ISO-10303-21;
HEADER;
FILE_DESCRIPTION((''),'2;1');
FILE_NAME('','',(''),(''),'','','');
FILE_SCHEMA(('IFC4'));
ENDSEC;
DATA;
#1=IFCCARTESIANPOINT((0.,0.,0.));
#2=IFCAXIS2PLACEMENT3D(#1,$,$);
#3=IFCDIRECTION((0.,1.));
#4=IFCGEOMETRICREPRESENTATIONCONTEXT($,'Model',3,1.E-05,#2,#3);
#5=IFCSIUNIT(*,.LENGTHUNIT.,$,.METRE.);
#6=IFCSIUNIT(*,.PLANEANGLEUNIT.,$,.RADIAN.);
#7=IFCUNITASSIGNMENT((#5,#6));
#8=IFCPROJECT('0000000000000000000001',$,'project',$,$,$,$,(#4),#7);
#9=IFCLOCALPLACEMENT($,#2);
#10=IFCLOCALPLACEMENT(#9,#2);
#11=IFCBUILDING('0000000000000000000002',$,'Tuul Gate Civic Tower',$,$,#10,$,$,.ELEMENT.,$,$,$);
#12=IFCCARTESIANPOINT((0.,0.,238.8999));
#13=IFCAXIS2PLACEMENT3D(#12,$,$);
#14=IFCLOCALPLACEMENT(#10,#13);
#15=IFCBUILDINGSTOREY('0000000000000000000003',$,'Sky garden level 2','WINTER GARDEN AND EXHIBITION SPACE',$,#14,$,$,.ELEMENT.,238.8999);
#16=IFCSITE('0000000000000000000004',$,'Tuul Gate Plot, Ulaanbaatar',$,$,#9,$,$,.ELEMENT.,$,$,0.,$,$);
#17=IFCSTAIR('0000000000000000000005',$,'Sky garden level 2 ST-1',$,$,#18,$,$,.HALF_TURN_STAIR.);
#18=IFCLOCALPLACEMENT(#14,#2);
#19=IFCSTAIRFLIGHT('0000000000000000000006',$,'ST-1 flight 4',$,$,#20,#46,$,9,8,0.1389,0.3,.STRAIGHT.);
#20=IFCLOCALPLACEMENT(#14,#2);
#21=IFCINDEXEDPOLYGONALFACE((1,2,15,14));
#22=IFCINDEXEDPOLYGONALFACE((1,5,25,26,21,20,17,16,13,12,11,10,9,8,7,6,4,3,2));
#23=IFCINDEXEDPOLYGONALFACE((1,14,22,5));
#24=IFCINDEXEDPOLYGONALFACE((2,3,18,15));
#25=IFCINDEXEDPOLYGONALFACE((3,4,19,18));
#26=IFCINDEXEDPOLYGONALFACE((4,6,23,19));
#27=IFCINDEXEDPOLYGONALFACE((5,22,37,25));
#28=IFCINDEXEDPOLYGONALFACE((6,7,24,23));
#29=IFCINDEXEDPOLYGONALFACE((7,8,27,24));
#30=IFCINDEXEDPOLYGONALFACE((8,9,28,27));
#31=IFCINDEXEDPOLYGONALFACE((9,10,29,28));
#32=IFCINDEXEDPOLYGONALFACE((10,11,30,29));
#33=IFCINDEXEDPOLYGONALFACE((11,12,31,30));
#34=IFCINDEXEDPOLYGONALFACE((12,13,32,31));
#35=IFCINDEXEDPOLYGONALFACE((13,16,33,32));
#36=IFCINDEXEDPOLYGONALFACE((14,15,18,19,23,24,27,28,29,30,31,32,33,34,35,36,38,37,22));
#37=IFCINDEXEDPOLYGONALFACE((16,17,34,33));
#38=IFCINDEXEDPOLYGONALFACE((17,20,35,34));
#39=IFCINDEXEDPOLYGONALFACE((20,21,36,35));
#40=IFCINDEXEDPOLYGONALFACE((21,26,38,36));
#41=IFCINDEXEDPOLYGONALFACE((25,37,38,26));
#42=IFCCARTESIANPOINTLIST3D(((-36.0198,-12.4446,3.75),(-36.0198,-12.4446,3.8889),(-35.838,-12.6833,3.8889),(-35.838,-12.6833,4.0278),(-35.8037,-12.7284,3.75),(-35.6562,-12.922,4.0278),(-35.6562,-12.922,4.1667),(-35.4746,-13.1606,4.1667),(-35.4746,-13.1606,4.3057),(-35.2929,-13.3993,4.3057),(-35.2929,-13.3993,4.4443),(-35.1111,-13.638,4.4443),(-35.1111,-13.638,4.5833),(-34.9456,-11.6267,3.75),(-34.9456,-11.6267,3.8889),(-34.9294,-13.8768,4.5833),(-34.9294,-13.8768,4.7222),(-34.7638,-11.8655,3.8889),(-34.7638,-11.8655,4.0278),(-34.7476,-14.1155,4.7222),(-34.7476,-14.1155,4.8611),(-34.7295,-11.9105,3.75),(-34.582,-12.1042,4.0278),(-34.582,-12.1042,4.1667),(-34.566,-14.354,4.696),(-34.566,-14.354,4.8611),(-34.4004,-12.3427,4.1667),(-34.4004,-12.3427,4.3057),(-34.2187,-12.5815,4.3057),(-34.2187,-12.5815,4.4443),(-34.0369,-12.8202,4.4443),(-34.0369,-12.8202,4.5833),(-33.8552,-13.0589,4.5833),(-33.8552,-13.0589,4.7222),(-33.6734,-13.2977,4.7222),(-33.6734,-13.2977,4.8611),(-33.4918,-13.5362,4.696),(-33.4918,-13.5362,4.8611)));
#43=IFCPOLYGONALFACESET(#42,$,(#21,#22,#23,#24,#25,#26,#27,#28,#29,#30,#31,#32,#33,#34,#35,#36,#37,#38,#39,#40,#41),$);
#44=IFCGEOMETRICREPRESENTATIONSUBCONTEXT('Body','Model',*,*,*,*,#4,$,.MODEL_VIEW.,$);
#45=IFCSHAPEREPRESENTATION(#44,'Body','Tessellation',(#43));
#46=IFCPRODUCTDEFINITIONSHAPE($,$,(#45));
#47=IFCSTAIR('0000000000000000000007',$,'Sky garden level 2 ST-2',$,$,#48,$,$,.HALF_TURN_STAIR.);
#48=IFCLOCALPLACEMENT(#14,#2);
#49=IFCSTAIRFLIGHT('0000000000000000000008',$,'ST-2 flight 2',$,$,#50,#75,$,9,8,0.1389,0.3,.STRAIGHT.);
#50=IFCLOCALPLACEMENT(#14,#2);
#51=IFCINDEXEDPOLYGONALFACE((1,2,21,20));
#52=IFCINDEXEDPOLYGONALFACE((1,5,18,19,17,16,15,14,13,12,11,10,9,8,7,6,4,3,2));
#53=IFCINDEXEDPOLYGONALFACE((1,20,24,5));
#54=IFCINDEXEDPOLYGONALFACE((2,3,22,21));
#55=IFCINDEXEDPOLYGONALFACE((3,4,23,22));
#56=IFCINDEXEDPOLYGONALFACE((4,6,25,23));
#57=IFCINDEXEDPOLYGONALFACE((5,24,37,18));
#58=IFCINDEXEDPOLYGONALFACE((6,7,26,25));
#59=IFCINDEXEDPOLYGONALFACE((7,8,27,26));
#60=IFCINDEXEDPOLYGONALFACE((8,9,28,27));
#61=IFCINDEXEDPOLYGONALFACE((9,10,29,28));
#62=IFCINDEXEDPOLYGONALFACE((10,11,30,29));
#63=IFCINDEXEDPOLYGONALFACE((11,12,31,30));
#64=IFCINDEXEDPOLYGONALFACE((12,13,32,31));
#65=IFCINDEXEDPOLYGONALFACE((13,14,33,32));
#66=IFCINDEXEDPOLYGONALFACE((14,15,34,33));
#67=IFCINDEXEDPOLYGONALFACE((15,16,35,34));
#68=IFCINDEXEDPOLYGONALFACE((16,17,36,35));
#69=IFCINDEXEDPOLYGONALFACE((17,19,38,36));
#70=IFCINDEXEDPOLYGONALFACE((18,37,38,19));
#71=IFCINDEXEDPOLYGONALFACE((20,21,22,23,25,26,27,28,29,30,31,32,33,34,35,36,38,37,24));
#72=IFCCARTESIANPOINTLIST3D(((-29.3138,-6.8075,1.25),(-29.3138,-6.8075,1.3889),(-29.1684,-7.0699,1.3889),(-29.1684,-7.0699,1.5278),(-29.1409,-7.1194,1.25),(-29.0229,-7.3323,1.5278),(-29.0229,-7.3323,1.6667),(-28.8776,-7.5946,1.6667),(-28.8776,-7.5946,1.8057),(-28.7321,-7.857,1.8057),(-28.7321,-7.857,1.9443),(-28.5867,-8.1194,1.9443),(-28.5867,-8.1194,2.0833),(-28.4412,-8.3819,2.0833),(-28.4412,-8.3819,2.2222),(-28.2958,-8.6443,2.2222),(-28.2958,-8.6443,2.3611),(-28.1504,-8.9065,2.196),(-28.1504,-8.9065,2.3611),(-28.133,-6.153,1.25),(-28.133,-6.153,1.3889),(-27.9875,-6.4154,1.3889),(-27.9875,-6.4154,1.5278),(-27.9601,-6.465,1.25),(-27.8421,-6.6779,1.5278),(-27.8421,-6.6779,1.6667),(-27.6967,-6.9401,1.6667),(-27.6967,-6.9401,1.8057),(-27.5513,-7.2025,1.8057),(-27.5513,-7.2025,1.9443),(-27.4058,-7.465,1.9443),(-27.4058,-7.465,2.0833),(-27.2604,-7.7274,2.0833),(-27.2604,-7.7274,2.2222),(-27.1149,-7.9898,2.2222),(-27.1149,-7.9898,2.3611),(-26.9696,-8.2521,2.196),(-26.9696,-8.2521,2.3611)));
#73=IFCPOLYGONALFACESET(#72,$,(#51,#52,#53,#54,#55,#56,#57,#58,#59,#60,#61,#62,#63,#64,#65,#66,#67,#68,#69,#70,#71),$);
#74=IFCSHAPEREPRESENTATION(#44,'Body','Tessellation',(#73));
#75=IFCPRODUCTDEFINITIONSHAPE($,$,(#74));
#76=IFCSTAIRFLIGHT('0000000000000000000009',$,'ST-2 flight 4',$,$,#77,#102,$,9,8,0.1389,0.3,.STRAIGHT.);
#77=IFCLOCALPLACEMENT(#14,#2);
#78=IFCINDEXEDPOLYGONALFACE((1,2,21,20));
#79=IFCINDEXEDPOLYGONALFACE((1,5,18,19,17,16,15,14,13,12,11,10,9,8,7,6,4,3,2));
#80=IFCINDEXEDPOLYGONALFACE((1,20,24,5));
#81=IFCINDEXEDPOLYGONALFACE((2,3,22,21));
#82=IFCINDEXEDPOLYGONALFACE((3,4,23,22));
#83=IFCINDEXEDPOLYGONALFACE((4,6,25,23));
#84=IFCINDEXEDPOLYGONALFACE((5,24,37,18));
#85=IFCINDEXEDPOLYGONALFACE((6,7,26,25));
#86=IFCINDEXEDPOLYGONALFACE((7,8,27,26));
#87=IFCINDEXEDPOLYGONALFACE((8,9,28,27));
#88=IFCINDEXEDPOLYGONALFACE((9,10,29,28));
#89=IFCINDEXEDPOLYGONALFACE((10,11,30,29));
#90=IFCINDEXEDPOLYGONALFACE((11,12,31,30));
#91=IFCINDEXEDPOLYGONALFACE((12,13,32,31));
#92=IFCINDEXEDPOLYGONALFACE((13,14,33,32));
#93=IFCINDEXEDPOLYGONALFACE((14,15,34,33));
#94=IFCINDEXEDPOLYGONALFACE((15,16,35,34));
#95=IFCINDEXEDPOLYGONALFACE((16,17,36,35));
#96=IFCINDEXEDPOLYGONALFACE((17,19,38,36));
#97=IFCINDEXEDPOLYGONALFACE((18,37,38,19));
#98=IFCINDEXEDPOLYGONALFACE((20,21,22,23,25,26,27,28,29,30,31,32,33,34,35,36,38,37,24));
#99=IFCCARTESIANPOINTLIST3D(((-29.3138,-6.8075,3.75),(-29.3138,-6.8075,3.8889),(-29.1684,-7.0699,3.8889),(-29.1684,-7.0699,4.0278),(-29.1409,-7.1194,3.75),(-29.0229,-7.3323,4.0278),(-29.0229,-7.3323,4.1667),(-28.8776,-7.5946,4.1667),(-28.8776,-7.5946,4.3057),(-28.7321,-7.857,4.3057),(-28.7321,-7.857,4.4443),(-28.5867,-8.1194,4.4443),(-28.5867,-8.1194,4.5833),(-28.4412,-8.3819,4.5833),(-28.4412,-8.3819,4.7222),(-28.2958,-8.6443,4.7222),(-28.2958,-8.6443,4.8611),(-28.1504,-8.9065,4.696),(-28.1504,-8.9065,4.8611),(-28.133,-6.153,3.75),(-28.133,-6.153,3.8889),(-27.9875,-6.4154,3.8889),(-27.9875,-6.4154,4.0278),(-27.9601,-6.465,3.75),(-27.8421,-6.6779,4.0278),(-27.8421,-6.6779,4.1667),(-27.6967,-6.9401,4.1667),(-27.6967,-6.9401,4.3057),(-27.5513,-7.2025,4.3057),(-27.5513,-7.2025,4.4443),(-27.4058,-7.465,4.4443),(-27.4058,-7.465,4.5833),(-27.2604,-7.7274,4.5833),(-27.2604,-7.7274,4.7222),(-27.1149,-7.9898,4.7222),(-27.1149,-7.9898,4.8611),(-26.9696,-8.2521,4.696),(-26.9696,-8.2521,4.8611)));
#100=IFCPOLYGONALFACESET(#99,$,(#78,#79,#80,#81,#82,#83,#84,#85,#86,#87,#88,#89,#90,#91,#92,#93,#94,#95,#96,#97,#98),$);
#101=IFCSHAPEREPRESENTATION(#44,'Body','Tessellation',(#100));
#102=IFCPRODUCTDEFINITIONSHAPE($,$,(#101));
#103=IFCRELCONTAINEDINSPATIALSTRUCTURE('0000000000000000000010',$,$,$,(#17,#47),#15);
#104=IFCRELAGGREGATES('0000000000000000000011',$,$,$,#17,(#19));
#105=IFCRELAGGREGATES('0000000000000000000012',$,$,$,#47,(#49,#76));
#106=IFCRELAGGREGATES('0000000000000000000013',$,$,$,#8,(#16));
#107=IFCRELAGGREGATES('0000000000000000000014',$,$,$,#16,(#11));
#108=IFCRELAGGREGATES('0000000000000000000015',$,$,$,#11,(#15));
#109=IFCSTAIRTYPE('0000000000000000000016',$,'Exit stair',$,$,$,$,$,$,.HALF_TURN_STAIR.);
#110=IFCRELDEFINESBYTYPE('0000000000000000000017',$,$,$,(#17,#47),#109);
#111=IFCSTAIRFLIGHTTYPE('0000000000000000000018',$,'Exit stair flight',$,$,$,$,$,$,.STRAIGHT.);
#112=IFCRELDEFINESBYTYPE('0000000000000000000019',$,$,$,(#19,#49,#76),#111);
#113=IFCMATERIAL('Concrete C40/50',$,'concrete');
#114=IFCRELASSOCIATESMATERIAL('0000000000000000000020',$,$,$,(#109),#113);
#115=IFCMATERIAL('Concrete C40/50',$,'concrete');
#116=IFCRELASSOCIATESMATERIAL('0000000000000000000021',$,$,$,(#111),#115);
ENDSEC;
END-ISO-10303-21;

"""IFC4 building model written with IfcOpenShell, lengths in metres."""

from ifc_helpers import new_model, si_unit, direction, frame, origin, place, context, subcontext, project, spatial, polyline, outline, extrude, material, type_object, element, aggregate, save


model = new_model("IFC4")

# Units and contexts
model_context = context("Model", 3, precision=1e-05, world=origin(), true_north=direction((0.0, 1.0)))
body_context = subcontext(model_context, "Body", "Model", "MODEL_VIEW")
ifc_project = project(units=[si_unit("LENGTHUNIT", "METRE"), si_unit("PLANEANGLEUNIT", "RADIAN")], contexts=[model_context])

# Site, building, storey
site_placement = place(None, origin())
site = spatial("IfcSite", under=ifc_project, at=site_placement, Name="Tuul Gate Plot, Ulaanbaatar", CompositionType="ELEMENT", RefElevation=0.0)
building_placement = place(site_placement, origin())
building = spatial("IfcBuilding", under=site, at=building_placement, Name="Tuul Gate Civic Tower", CompositionType="ELEMENT")
storey_placement = place(building_placement, frame((0.0, 0.0, 238.8999)))
storey = spatial("IfcBuildingStorey", under=building, at=storey_placement, Name="Sky garden level 2", Description="WINTER GARDEN AND EXHIBITION SPACE", CompositionType="ELEMENT", Elevation=238.8999)

# Stairs, stair flights
ifc_material_1 = material(Name="Concrete C40/50", Category="concrete")
stair_type = type_object("IfcStairType", Name="Exit stair", PredefinedType="HALF_TURN_STAIR", material=ifc_material_1)
stair_1_placement = place(storey_placement, origin())
stair_1 = element("IfcStair", 1, at=stair_1_placement, inside=storey, type_object=stair_type, Name="Sky garden level 2 ST-1", PredefinedType="HALF_TURN_STAIR")
ifc_material_2 = material(Name="Concrete C40/50", Category="concrete")
stair_flight_type = type_object("IfcStairFlightType", Name="Exit stair flight", PredefinedType="STRAIGHT", material=ifc_material_2)
stair_flight_1_placement = place(storey_placement, frame((-35.4827, -12.0356, 3.75), z_axis=(0.0, 0.0, 1.0), x_axis=(0.605764, -0.795644, 0.0)))
stair_flight_1 = element("IfcStairFlight", 2, at=stair_flight_1_placement, type_object=stair_flight_type, Name="ST-1 flight 4", NumberOfRisers=9, NumberOfTreads=8, PredefinedType="STRAIGHT", RiserHeight=0.1389, TreadLength=0.3, context=body_context, shape_type="SweptSolid", body=[
    extrude(outline(polyline([(0.0, 0.0), (0.0, 0.1389), (0.3, 0.1389), (0.3, 0.2778), (0.6001, 0.2778), (0.6001, 0.4167), (0.8999, 0.4167), (0.8999, 0.5557), (1.2, 0.5557), (1.2, 0.6943), (1.5, 0.6943), (1.5, 0.8333), (1.8, 0.8333), (1.8, 0.9722), (2.1001, 0.9722), (2.1001, 1.1111), (2.3999, 1.1111), (2.3999, 1.25), (2.3999, 0.946), (0.3567, 0.0), (0.0, 0.0)])), frame((0.0, 0.675, 0.0), z_axis=(0.0, -1.0, 0.0), x_axis=(1.0, 0.0, 0.0)), (0.0, 0.0, 1.0), 1.3501),
])
aggregate(stair_1, [stair_flight_1])
stair_2_placement = place(storey_placement, origin())
stair_2 = element("IfcStair", 3, at=stair_2_placement, inside=storey, type_object=stair_type, Name="Sky garden level 2 ST-2", PredefinedType="HALF_TURN_STAIR")
stair_flight_2_placement = place(storey_placement, frame((-28.7234, -6.4802, 1.25), z_axis=(0.0, 0.0, 1.0), x_axis=(0.484762, -0.874646, 0.0)))
stair_flight_2 = element("IfcStairFlight", 4, at=stair_flight_2_placement, type_object=stair_flight_type, Name="ST-2 flight 2", NumberOfRisers=9, NumberOfTreads=8, PredefinedType="STRAIGHT", RiserHeight=0.1389, TreadLength=0.3, context=body_context, shape_type="SweptSolid", body=[
    extrude(outline(polyline([(0.0, 0.0), (0.0, 0.1389), (0.3, 0.1389), (0.3, 0.2778), (0.6001, 0.2778), (0.6001, 0.4167), (0.8999, 0.4167), (0.8999, 0.5557), (1.2, 0.5557), (1.2, 0.6943), (1.5, 0.6943), (1.5, 0.8333), (1.8, 0.8333), (1.8, 0.9722), (2.1001, 0.9722), (2.1001, 1.1111), (2.3999, 1.1111), (2.3999, 1.25), (2.3999, 0.946), (0.3567, 0.0), (0.0, 0.0)])), frame((0.0, 0.675, 0.0), z_axis=(0.0, -1.0, 0.0), x_axis=(1.0, 0.0, 0.0)), (0.0, 0.0, 1.0), 1.3501),
])
stair_flight_3_placement = place(storey_placement, frame((-28.7234, -6.4802, 3.75), z_axis=(0.0, 0.0, 1.0), x_axis=(0.484762, -0.874646, 0.0)))
stair_flight_3 = element("IfcStairFlight", 5, at=stair_flight_3_placement, type_object=stair_flight_type, Name="ST-2 flight 4", NumberOfRisers=9, NumberOfTreads=8, PredefinedType="STRAIGHT", RiserHeight=0.1389, TreadLength=0.3, context=body_context, shape_type="SweptSolid", body=[
    extrude(outline(polyline([(0.0, 0.0), (0.0, 0.1389), (0.3, 0.1389), (0.3, 0.2778), (0.6001, 0.2778), (0.6001, 0.4167), (0.8999, 0.4167), (0.8999, 0.5557), (1.2, 0.5557), (1.2, 0.6943), (1.5, 0.6943), (1.5, 0.8333), (1.8, 0.8333), (1.8, 0.9722), (2.1001, 0.9722), (2.1001, 1.1111), (2.3999, 1.1111), (2.3999, 1.25), (2.3999, 0.946), (0.3567, 0.0), (0.0, 0.0)])), frame((0.0, 0.675, 0.0), z_axis=(0.0, -1.0, 0.0), x_axis=(1.0, 0.0, 0.0)), (0.0, 0.0, 1.0), 1.3501),
])
aggregate(stair_2, [stair_flight_2, stair_flight_3])

save(model, "model.ifc")
